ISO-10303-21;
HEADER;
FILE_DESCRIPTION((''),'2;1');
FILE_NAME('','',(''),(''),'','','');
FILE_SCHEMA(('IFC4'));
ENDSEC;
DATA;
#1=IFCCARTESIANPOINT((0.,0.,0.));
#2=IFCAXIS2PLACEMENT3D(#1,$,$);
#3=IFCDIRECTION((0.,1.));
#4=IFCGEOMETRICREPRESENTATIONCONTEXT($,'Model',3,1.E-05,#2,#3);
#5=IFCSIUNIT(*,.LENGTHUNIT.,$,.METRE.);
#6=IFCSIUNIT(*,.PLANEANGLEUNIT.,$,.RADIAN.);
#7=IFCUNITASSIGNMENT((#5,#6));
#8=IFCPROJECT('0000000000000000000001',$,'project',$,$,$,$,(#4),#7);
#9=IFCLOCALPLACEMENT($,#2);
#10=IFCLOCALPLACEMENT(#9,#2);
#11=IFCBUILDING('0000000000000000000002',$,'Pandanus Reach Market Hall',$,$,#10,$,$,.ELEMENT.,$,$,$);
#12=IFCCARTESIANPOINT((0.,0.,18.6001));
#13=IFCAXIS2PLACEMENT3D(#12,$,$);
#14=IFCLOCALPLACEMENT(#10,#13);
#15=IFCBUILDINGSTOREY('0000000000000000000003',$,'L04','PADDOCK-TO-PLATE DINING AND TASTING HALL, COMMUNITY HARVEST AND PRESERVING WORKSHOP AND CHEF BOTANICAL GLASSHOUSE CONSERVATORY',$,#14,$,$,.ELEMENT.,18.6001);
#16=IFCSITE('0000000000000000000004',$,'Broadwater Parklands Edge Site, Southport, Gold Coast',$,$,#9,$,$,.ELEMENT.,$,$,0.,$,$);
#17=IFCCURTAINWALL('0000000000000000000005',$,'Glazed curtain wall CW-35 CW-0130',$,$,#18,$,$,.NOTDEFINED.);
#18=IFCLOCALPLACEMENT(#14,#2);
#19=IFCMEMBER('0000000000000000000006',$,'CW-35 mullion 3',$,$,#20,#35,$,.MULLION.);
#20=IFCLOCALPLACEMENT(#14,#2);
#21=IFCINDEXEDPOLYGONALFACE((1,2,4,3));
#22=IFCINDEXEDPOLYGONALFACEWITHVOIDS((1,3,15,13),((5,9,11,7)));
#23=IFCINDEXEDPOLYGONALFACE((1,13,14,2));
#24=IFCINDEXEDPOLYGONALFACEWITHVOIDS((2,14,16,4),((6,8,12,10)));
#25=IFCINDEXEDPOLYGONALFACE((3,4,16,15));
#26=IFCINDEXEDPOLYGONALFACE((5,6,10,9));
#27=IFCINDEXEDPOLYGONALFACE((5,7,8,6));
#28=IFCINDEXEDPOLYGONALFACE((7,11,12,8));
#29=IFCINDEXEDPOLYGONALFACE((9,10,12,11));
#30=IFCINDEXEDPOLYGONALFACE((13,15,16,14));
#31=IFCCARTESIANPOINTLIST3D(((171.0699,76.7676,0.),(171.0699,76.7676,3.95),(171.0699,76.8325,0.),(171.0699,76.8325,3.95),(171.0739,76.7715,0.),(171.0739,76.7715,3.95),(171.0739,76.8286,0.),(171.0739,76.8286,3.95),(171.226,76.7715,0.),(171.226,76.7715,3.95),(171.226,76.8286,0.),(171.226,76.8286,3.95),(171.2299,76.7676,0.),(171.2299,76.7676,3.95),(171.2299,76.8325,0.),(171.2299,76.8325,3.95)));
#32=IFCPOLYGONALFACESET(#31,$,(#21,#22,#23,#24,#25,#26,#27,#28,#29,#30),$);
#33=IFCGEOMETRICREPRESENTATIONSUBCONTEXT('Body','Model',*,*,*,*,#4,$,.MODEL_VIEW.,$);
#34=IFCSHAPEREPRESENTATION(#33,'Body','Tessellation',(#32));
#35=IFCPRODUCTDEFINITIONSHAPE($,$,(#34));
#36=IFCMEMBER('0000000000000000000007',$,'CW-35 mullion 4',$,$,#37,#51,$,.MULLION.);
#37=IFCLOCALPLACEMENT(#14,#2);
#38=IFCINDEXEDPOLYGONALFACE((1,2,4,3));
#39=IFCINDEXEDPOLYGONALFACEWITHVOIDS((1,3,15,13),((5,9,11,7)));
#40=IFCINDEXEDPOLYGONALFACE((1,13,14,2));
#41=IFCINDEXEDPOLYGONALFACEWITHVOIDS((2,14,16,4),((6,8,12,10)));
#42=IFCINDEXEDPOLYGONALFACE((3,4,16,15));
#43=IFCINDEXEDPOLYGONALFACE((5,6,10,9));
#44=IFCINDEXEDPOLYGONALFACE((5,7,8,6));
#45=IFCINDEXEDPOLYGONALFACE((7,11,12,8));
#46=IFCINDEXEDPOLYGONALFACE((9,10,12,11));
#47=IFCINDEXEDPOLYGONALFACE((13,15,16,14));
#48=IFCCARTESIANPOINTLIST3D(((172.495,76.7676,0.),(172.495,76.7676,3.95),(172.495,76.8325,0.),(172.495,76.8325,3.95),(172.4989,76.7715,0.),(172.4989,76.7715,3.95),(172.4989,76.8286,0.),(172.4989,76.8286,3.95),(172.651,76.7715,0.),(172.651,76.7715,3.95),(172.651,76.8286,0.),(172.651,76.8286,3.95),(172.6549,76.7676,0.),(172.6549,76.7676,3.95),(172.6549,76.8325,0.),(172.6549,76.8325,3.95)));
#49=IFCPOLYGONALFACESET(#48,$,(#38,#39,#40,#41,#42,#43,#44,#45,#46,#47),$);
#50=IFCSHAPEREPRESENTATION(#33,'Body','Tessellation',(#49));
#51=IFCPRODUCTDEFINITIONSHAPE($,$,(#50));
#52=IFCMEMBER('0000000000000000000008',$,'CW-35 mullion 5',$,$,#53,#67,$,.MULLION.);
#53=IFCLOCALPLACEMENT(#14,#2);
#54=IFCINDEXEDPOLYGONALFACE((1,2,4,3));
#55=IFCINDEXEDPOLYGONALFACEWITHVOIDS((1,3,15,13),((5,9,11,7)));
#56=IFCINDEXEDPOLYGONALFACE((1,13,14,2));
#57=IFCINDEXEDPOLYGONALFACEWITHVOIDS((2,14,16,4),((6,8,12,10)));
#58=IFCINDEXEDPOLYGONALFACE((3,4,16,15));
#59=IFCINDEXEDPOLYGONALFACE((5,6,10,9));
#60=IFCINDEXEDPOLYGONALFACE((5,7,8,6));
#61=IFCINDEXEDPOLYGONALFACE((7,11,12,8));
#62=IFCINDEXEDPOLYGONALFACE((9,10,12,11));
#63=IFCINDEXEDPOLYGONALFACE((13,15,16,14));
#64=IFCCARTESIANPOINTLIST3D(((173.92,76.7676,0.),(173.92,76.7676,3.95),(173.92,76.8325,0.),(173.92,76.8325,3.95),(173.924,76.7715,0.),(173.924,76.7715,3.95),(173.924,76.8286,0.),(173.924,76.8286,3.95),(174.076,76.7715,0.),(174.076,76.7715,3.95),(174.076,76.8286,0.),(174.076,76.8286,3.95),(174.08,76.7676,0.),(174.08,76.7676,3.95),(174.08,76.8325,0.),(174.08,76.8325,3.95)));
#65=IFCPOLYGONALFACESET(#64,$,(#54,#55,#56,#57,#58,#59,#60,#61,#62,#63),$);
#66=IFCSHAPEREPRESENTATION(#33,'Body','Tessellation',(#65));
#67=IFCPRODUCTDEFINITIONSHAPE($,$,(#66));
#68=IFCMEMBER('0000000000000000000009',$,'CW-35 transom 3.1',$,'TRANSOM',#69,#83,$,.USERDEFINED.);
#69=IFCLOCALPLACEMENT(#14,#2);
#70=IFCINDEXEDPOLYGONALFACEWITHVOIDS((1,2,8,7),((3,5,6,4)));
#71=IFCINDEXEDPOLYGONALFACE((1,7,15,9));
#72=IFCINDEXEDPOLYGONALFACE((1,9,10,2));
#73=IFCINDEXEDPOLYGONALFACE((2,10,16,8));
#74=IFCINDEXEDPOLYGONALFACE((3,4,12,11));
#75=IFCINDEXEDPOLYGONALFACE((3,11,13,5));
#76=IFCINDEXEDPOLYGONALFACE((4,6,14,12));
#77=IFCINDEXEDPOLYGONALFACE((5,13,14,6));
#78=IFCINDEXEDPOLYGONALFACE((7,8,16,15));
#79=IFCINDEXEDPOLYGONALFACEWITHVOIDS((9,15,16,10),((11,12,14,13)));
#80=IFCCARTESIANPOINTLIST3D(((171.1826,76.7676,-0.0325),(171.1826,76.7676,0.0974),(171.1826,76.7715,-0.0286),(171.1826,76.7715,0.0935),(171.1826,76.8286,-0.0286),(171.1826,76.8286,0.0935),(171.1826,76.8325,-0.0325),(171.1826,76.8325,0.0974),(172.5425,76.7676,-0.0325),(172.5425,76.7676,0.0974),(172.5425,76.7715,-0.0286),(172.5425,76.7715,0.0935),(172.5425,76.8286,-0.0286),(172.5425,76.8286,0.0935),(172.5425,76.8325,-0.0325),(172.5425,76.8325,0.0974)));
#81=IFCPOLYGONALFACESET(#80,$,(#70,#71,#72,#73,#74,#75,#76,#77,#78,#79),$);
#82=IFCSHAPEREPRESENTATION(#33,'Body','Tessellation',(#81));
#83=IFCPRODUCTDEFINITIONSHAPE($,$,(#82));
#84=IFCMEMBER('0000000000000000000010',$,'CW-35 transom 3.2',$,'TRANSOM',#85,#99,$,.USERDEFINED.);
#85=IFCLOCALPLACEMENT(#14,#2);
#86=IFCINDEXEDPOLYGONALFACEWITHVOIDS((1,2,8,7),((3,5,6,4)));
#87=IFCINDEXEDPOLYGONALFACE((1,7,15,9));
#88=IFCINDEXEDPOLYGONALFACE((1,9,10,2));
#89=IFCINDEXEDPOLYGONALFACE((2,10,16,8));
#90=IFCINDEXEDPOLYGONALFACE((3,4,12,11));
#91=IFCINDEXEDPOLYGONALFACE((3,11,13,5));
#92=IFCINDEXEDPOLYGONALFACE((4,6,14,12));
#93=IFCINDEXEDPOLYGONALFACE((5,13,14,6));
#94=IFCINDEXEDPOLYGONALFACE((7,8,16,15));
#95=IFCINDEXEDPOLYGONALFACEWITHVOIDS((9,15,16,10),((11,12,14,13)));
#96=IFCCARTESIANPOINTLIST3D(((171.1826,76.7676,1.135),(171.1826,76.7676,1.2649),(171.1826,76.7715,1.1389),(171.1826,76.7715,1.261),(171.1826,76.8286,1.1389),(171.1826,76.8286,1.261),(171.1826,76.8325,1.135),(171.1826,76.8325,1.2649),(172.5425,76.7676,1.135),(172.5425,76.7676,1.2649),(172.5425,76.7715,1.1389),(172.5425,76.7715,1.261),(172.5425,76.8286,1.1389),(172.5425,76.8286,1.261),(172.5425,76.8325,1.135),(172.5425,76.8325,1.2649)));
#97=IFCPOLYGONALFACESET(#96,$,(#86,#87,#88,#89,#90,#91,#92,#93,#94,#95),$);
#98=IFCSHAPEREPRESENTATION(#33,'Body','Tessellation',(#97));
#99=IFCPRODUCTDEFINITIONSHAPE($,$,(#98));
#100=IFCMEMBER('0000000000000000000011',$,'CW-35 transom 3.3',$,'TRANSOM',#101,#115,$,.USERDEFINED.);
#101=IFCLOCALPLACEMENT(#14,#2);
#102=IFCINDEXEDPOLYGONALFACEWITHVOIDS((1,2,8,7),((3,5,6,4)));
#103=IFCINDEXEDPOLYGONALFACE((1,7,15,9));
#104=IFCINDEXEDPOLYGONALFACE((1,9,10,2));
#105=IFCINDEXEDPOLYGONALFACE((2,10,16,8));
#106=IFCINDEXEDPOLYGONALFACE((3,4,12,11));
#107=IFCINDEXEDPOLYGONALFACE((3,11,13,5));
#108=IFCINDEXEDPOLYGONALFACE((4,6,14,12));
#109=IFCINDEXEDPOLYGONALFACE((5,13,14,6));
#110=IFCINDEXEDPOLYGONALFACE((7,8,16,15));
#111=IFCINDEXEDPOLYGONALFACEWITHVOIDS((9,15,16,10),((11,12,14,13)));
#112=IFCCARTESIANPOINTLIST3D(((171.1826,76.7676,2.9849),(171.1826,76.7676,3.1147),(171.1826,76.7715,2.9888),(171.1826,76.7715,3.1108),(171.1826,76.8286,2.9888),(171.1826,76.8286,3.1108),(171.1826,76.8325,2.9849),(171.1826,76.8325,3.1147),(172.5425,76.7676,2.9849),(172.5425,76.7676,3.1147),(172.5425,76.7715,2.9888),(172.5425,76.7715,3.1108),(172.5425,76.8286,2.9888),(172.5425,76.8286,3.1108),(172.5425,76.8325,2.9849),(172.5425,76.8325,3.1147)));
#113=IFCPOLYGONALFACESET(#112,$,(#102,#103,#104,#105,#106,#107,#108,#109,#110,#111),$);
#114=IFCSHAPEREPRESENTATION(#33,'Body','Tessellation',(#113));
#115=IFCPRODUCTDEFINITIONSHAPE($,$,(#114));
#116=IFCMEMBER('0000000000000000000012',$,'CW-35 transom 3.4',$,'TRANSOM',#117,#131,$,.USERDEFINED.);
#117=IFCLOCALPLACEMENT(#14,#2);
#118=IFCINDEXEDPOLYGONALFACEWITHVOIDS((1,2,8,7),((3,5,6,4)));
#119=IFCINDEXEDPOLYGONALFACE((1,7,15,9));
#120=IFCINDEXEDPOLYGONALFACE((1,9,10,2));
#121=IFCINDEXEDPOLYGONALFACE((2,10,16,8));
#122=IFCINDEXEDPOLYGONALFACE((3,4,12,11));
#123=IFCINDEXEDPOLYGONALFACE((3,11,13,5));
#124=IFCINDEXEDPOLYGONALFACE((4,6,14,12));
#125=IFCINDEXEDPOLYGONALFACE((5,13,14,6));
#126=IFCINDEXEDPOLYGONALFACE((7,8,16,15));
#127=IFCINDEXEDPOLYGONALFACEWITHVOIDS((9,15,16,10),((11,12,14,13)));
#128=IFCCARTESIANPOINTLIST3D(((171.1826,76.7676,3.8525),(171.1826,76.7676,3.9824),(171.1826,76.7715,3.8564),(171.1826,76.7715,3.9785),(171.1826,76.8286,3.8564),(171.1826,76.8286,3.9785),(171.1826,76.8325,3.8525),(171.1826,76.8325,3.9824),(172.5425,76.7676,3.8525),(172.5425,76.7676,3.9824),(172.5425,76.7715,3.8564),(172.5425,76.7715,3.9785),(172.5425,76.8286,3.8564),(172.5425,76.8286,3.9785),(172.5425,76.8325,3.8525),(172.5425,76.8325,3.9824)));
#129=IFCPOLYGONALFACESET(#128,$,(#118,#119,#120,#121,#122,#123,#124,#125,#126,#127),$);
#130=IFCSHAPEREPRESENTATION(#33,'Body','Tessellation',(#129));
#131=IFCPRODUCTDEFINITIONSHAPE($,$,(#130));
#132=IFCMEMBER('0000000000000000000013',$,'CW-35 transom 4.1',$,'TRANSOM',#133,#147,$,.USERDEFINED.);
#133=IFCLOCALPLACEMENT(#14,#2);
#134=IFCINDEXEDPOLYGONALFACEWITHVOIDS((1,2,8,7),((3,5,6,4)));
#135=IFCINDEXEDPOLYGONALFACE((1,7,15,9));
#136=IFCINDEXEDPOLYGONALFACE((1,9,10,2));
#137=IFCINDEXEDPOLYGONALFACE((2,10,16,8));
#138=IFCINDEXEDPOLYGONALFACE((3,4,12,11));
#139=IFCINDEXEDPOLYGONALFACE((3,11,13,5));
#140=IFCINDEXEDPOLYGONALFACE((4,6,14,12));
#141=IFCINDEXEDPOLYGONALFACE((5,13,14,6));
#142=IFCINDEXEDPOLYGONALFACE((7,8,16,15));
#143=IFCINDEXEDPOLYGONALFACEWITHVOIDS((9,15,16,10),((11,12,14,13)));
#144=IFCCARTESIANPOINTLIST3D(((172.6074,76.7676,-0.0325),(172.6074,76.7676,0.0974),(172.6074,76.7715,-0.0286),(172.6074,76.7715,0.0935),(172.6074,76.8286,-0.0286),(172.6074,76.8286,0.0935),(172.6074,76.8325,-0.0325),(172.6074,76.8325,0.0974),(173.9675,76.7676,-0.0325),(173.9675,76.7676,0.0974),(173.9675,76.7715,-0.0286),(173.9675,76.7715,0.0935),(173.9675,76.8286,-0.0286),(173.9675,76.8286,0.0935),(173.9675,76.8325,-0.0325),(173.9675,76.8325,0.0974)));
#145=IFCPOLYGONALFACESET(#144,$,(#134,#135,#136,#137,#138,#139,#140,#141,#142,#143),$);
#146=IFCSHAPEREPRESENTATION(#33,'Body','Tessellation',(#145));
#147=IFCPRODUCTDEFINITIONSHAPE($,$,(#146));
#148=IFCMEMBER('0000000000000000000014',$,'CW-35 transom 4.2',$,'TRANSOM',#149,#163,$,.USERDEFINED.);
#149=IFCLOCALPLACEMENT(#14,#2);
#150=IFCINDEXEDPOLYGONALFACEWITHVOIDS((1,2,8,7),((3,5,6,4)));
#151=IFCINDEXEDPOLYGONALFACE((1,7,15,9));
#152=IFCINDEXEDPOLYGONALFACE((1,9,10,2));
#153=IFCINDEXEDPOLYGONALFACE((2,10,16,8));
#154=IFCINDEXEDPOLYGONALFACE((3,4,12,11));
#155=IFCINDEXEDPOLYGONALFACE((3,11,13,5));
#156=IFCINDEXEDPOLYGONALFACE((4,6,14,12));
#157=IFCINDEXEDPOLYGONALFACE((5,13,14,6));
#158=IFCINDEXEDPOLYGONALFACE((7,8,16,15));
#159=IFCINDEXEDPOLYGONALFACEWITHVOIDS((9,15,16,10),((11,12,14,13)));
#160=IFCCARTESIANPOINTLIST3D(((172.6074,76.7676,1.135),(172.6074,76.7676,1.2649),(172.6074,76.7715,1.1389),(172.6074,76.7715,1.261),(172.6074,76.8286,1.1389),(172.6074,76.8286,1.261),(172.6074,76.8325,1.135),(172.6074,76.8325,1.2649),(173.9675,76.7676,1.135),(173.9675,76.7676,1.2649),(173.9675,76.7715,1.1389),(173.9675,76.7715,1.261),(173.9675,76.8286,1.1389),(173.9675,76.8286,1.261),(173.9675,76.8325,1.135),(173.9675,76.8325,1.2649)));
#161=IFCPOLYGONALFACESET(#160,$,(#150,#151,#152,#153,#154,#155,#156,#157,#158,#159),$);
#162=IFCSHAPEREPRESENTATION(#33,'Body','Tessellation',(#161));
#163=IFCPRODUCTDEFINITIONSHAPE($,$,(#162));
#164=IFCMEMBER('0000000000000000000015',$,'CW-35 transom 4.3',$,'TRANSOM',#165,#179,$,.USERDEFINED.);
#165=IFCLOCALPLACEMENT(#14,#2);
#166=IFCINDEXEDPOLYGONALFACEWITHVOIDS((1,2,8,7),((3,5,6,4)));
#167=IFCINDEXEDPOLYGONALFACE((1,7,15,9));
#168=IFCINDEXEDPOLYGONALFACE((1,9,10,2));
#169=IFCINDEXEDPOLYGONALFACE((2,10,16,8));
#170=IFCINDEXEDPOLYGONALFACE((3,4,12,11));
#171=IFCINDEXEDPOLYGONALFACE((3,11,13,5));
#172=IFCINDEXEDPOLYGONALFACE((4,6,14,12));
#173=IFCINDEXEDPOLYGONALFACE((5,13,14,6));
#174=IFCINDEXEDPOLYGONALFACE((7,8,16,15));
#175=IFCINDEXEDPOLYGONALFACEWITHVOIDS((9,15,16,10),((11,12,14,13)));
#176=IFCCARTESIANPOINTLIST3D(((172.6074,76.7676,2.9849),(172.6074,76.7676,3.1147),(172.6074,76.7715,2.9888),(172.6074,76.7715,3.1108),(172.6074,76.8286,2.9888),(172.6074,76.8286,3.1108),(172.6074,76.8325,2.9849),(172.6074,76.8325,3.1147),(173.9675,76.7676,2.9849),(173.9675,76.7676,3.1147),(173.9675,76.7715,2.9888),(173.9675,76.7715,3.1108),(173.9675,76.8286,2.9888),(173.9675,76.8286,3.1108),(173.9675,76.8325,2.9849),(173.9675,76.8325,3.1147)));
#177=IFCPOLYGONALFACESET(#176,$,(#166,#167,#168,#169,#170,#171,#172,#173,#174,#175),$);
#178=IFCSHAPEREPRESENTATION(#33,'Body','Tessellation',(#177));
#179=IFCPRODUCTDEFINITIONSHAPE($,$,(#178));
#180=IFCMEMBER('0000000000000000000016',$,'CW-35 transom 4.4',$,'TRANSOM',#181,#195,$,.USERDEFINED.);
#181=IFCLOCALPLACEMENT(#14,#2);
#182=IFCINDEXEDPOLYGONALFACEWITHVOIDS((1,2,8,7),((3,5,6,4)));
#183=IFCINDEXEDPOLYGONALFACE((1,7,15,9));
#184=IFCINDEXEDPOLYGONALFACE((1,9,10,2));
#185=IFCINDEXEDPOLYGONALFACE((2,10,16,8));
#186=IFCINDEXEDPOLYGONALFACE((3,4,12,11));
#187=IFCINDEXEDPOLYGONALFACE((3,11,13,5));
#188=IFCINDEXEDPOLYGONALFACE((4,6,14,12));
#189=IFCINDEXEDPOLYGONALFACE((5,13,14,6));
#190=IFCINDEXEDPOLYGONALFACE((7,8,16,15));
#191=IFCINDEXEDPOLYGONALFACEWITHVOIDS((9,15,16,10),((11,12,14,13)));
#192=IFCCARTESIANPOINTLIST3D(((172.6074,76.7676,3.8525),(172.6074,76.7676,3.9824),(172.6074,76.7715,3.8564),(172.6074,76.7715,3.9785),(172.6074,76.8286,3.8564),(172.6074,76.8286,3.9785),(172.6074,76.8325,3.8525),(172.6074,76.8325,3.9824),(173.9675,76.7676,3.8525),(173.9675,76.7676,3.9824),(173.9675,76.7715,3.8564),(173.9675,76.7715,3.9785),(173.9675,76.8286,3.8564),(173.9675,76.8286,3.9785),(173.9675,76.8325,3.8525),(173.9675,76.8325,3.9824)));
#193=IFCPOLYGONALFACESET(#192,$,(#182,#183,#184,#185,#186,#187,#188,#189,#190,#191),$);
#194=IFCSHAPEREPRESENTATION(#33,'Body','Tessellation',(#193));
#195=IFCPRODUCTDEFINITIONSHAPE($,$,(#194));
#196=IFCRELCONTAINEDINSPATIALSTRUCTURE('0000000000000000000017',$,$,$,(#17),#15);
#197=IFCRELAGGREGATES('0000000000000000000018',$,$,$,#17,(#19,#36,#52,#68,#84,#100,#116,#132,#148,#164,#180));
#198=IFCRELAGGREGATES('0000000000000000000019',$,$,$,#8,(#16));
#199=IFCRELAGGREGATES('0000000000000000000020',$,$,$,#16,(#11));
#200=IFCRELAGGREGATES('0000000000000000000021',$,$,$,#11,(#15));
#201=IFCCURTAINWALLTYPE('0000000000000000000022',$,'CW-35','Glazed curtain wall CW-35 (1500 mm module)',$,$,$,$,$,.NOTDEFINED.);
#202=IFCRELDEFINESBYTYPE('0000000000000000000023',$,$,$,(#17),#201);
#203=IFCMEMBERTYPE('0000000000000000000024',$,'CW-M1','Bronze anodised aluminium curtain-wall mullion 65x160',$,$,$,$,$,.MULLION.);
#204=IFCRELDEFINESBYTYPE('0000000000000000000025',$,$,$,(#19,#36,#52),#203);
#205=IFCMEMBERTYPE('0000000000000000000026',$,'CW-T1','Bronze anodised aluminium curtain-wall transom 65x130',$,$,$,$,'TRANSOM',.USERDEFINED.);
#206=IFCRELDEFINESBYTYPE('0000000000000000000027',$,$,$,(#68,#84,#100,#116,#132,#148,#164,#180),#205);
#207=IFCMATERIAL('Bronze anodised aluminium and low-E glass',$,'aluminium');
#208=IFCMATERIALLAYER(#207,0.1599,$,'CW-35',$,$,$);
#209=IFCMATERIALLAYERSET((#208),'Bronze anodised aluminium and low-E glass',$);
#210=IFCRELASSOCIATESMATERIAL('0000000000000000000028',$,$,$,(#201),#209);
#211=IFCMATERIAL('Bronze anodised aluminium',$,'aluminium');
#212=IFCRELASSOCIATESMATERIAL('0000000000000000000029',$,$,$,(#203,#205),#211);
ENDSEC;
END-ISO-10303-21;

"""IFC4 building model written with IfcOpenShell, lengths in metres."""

from ifc_helpers import new_model, si_unit, direction, frame, origin, origin_2d, place, context, subcontext, project, spatial, hollow_rectangle, extrude, material, layer, layer_set, material_profile, profile_set, type_object, element, aggregate, save


model = new_model("IFC4")

# Units and contexts
model_context = context("Model", 3, precision=1e-05, world=origin(), true_north=direction((0.0, 1.0)))
body_context = subcontext(model_context, "Body", "Model", "MODEL_VIEW")
ifc_project = project(units=[si_unit("LENGTHUNIT", "METRE"), si_unit("PLANEANGLEUNIT", "RADIAN")], contexts=[model_context])

# Site, building, storey
site_placement = place(None, origin())
site = spatial("IfcSite", under=ifc_project, at=site_placement, Name="Broadwater Parklands Edge Site, Southport, Gold Coast", CompositionType="ELEMENT", RefElevation=0.0)
building_placement = place(site_placement, origin())
building = spatial("IfcBuilding", under=site, at=building_placement, Name="Pandanus Reach Market Hall", CompositionType="ELEMENT")
storey_placement = place(building_placement, frame((0.0, 0.0, 18.6001)))
storey = spatial("IfcBuildingStorey", under=building, at=storey_placement, Name="L04", Description="PADDOCK-TO-PLATE DINING AND TASTING HALL, COMMUNITY HARVEST AND PRESERVING WORKSHOP AND CHEF BOTANICAL GLASSHOUSE CONSERVATORY", CompositionType="ELEMENT", Elevation=18.6001)

# Curtain wall, members
ifc_material_1 = material(Name="Bronze anodised aluminium and low-E glass", Category="aluminium")
ifc_layer_1 = layer(ifc_material_1, 0.1599, Name="CW-35")
ifc_layer_set_1 = layer_set([ifc_layer_1], Name="Bronze anodised aluminium and low-E glass")
curtain_wall_type = type_object("IfcCurtainWallType", Name="CW-35", Description="Glazed curtain wall CW-35 (1500 mm module)", PredefinedType="NOTDEFINED", material=ifc_layer_set_1)
curtain_wall_placement = place(storey_placement, origin())
curtain_wall = element("IfcCurtainWall", 1, at=curtain_wall_placement, inside=storey, type_object=curtain_wall_type, Name="Glazed curtain wall CW-35 CW-0130", PredefinedType="NOTDEFINED")
ifc_material_2 = material(Name="Bronze anodised aluminium", Category="aluminium")
ifc_material_profile_1 = material_profile(ifc_material_2, hollow_rectangle(XDim=0.0649, YDim=0.1599, WallThickness=0.0039, at=origin_2d()), Name="ALU65x160", Category="LoadBearing")
ifc_profile_set_1 = profile_set([ifc_material_profile_1], Name="Bronze anodised aluminium")
member_type_1 = type_object("IfcMemberType", Name="CW-M1", Description="Bronze anodised aluminium curtain-wall mullion 65x160", PredefinedType="MULLION", material=ifc_profile_set_1)
member_1_placement = place(storey_placement, frame((171.1499, 76.8, 0.0), z_axis=(0.0, 0.0, 1.0), x_axis=(0.0, 1.0, 0.0)))
member_1 = element("IfcMember", 2, at=member_1_placement, type_object=member_type_1, Name="CW-35 mullion 3", PredefinedType="MULLION", context=body_context, shape_type="SweptSolid", body=[
    extrude(hollow_rectangle(XDim=0.0649, YDim=0.1599, WallThickness=0.0039, at=origin_2d()), origin(), (0.0, 0.0, 1.0), 3.95),
])
member_2_placement = place(storey_placement, frame((172.575, 76.8, 0.0), z_axis=(0.0, 0.0, 1.0), x_axis=(0.0, 1.0, 0.0)))
member_2 = element("IfcMember", 3, at=member_2_placement, type_object=member_type_1, Name="CW-35 mullion 4", PredefinedType="MULLION", context=body_context, shape_type="SweptSolid", body=[
    extrude(hollow_rectangle(XDim=0.0649, YDim=0.1599, WallThickness=0.0039, at=origin_2d()), origin(), (0.0, 0.0, 1.0), 3.95),
])
member_3_placement = place(storey_placement, frame((174.0, 76.8, 0.0), z_axis=(0.0, 0.0, 1.0), x_axis=(0.0, 1.0, 0.0)))
member_3 = element("IfcMember", 4, at=member_3_placement, type_object=member_type_1, Name="CW-35 mullion 5", PredefinedType="MULLION", context=body_context, shape_type="SweptSolid", body=[
    extrude(hollow_rectangle(XDim=0.0649, YDim=0.1599, WallThickness=0.0039, at=origin_2d()), origin(), (0.0, 0.0, 1.0), 3.95),
])
ifc_material_profile_2 = material_profile(ifc_material_2, hollow_rectangle(XDim=0.0649, YDim=0.1299, WallThickness=0.0039, at=origin_2d()), Name="ALU65x130", Category="LoadBearing")
ifc_profile_set_2 = profile_set([ifc_material_profile_2], Name="Bronze anodised aluminium")
member_type_2 = type_object("IfcMemberType", Name="CW-T1", Description="Bronze anodised aluminium curtain-wall transom 65x130", ElementType="TRANSOM", PredefinedType="USERDEFINED", material=ifc_profile_set_2)
member_4_placement = place(storey_placement, frame((171.1826, 76.8, 0.0325), z_axis=(1.0, 0.0, 0.0), x_axis=(0.0, 1.0, 0.0)))
member_4 = element("IfcMember", 5, at=member_4_placement, type_object=member_type_2, Name="CW-35 transom 3.1", ObjectType="TRANSOM", PredefinedType="USERDEFINED", context=body_context, shape_type="SweptSolid", body=[
    extrude(hollow_rectangle(XDim=0.0649, YDim=0.1299, WallThickness=0.0039, at=origin_2d()), origin(), (0.0, 0.0, 1.0), 1.3599),
])
member_5_placement = place(storey_placement, frame((171.1826, 76.8, 1.2), z_axis=(1.0, 0.0, 0.0), x_axis=(0.0, 1.0, 0.0)))
member_5 = element("IfcMember", 6, at=member_5_placement, type_object=member_type_2, Name="CW-35 transom 3.2", ObjectType="TRANSOM", PredefinedType="USERDEFINED", context=body_context, shape_type="SweptSolid", body=[
    extrude(hollow_rectangle(XDim=0.0649, YDim=0.1299, WallThickness=0.0039, at=origin_2d()), origin(), (0.0, 0.0, 1.0), 1.3599),
])
member_6_placement = place(storey_placement, frame((171.1826, 76.8, 3.0498), z_axis=(1.0, 0.0, 0.0), x_axis=(0.0, 1.0, 0.0)))
member_6 = element("IfcMember", 7, at=member_6_placement, type_object=member_type_2, Name="CW-35 transom 3.3", ObjectType="TRANSOM", PredefinedType="USERDEFINED", context=body_context, shape_type="SweptSolid", body=[
    extrude(hollow_rectangle(XDim=0.0649, YDim=0.1299, WallThickness=0.0039, at=origin_2d()), origin(), (0.0, 0.0, 1.0), 1.3599),
])
member_7_placement = place(storey_placement, frame((171.1826, 76.8, 3.9175), z_axis=(1.0, 0.0, 0.0), x_axis=(0.0, 1.0, 0.0)))
member_7 = element("IfcMember", 8, at=member_7_placement, type_object=member_type_2, Name="CW-35 transom 3.4", ObjectType="TRANSOM", PredefinedType="USERDEFINED", context=body_context, shape_type="SweptSolid", body=[
    extrude(hollow_rectangle(XDim=0.0649, YDim=0.1299, WallThickness=0.0039, at=origin_2d()), origin(), (0.0, 0.0, 1.0), 1.3599),
])
member_8_placement = place(storey_placement, frame((172.6074, 76.8, 0.0325), z_axis=(1.0, 0.0, 0.0), x_axis=(0.0, 1.0, 0.0)))
member_8 = element("IfcMember", 9, at=member_8_placement, type_object=member_type_2, Name="CW-35 transom 4.1", ObjectType="TRANSOM", PredefinedType="USERDEFINED", context=body_context, shape_type="SweptSolid", body=[
    extrude(hollow_rectangle(XDim=0.0649, YDim=0.1299, WallThickness=0.0039, at=origin_2d()), origin(), (0.0, 0.0, 1.0), 1.3601),
])
member_9_placement = place(storey_placement, frame((172.6074, 76.8, 1.2), z_axis=(1.0, 0.0, 0.0), x_axis=(0.0, 1.0, 0.0)))
member_9 = element("IfcMember", 10, at=member_9_placement, type_object=member_type_2, Name="CW-35 transom 4.2", ObjectType="TRANSOM", PredefinedType="USERDEFINED", context=body_context, shape_type="SweptSolid", body=[
    extrude(hollow_rectangle(XDim=0.0649, YDim=0.1299, WallThickness=0.0039, at=origin_2d()), origin(), (0.0, 0.0, 1.0), 1.3601),
])
member_10_placement = place(storey_placement, frame((172.6074, 76.8, 3.0498), z_axis=(1.0, 0.0, 0.0), x_axis=(0.0, 1.0, 0.0)))
member_10 = element("IfcMember", 11, at=member_10_placement, type_object=member_type_2, Name="CW-35 transom 4.3", ObjectType="TRANSOM", PredefinedType="USERDEFINED", context=body_context, shape_type="SweptSolid", body=[
    extrude(hollow_rectangle(XDim=0.0649, YDim=0.1299, WallThickness=0.0039, at=origin_2d()), origin(), (0.0, 0.0, 1.0), 1.3601),
])
member_11_placement = place(storey_placement, frame((172.6074, 76.8, 3.9175), z_axis=(1.0, 0.0, 0.0), x_axis=(0.0, 1.0, 0.0)))
member_11 = element("IfcMember", 12, at=member_11_placement, type_object=member_type_2, Name="CW-35 transom 4.4", ObjectType="TRANSOM", PredefinedType="USERDEFINED", context=body_context, shape_type="SweptSolid", body=[
    extrude(hollow_rectangle(XDim=0.0649, YDim=0.1299, WallThickness=0.0039, at=origin_2d()), origin(), (0.0, 0.0, 1.0), 1.3601),
])
aggregate(curtain_wall, [member_1, member_2, member_3, member_4, member_5, member_6, member_7, member_8, member_9, member_10, member_11])

save(model, "model.ifc")
